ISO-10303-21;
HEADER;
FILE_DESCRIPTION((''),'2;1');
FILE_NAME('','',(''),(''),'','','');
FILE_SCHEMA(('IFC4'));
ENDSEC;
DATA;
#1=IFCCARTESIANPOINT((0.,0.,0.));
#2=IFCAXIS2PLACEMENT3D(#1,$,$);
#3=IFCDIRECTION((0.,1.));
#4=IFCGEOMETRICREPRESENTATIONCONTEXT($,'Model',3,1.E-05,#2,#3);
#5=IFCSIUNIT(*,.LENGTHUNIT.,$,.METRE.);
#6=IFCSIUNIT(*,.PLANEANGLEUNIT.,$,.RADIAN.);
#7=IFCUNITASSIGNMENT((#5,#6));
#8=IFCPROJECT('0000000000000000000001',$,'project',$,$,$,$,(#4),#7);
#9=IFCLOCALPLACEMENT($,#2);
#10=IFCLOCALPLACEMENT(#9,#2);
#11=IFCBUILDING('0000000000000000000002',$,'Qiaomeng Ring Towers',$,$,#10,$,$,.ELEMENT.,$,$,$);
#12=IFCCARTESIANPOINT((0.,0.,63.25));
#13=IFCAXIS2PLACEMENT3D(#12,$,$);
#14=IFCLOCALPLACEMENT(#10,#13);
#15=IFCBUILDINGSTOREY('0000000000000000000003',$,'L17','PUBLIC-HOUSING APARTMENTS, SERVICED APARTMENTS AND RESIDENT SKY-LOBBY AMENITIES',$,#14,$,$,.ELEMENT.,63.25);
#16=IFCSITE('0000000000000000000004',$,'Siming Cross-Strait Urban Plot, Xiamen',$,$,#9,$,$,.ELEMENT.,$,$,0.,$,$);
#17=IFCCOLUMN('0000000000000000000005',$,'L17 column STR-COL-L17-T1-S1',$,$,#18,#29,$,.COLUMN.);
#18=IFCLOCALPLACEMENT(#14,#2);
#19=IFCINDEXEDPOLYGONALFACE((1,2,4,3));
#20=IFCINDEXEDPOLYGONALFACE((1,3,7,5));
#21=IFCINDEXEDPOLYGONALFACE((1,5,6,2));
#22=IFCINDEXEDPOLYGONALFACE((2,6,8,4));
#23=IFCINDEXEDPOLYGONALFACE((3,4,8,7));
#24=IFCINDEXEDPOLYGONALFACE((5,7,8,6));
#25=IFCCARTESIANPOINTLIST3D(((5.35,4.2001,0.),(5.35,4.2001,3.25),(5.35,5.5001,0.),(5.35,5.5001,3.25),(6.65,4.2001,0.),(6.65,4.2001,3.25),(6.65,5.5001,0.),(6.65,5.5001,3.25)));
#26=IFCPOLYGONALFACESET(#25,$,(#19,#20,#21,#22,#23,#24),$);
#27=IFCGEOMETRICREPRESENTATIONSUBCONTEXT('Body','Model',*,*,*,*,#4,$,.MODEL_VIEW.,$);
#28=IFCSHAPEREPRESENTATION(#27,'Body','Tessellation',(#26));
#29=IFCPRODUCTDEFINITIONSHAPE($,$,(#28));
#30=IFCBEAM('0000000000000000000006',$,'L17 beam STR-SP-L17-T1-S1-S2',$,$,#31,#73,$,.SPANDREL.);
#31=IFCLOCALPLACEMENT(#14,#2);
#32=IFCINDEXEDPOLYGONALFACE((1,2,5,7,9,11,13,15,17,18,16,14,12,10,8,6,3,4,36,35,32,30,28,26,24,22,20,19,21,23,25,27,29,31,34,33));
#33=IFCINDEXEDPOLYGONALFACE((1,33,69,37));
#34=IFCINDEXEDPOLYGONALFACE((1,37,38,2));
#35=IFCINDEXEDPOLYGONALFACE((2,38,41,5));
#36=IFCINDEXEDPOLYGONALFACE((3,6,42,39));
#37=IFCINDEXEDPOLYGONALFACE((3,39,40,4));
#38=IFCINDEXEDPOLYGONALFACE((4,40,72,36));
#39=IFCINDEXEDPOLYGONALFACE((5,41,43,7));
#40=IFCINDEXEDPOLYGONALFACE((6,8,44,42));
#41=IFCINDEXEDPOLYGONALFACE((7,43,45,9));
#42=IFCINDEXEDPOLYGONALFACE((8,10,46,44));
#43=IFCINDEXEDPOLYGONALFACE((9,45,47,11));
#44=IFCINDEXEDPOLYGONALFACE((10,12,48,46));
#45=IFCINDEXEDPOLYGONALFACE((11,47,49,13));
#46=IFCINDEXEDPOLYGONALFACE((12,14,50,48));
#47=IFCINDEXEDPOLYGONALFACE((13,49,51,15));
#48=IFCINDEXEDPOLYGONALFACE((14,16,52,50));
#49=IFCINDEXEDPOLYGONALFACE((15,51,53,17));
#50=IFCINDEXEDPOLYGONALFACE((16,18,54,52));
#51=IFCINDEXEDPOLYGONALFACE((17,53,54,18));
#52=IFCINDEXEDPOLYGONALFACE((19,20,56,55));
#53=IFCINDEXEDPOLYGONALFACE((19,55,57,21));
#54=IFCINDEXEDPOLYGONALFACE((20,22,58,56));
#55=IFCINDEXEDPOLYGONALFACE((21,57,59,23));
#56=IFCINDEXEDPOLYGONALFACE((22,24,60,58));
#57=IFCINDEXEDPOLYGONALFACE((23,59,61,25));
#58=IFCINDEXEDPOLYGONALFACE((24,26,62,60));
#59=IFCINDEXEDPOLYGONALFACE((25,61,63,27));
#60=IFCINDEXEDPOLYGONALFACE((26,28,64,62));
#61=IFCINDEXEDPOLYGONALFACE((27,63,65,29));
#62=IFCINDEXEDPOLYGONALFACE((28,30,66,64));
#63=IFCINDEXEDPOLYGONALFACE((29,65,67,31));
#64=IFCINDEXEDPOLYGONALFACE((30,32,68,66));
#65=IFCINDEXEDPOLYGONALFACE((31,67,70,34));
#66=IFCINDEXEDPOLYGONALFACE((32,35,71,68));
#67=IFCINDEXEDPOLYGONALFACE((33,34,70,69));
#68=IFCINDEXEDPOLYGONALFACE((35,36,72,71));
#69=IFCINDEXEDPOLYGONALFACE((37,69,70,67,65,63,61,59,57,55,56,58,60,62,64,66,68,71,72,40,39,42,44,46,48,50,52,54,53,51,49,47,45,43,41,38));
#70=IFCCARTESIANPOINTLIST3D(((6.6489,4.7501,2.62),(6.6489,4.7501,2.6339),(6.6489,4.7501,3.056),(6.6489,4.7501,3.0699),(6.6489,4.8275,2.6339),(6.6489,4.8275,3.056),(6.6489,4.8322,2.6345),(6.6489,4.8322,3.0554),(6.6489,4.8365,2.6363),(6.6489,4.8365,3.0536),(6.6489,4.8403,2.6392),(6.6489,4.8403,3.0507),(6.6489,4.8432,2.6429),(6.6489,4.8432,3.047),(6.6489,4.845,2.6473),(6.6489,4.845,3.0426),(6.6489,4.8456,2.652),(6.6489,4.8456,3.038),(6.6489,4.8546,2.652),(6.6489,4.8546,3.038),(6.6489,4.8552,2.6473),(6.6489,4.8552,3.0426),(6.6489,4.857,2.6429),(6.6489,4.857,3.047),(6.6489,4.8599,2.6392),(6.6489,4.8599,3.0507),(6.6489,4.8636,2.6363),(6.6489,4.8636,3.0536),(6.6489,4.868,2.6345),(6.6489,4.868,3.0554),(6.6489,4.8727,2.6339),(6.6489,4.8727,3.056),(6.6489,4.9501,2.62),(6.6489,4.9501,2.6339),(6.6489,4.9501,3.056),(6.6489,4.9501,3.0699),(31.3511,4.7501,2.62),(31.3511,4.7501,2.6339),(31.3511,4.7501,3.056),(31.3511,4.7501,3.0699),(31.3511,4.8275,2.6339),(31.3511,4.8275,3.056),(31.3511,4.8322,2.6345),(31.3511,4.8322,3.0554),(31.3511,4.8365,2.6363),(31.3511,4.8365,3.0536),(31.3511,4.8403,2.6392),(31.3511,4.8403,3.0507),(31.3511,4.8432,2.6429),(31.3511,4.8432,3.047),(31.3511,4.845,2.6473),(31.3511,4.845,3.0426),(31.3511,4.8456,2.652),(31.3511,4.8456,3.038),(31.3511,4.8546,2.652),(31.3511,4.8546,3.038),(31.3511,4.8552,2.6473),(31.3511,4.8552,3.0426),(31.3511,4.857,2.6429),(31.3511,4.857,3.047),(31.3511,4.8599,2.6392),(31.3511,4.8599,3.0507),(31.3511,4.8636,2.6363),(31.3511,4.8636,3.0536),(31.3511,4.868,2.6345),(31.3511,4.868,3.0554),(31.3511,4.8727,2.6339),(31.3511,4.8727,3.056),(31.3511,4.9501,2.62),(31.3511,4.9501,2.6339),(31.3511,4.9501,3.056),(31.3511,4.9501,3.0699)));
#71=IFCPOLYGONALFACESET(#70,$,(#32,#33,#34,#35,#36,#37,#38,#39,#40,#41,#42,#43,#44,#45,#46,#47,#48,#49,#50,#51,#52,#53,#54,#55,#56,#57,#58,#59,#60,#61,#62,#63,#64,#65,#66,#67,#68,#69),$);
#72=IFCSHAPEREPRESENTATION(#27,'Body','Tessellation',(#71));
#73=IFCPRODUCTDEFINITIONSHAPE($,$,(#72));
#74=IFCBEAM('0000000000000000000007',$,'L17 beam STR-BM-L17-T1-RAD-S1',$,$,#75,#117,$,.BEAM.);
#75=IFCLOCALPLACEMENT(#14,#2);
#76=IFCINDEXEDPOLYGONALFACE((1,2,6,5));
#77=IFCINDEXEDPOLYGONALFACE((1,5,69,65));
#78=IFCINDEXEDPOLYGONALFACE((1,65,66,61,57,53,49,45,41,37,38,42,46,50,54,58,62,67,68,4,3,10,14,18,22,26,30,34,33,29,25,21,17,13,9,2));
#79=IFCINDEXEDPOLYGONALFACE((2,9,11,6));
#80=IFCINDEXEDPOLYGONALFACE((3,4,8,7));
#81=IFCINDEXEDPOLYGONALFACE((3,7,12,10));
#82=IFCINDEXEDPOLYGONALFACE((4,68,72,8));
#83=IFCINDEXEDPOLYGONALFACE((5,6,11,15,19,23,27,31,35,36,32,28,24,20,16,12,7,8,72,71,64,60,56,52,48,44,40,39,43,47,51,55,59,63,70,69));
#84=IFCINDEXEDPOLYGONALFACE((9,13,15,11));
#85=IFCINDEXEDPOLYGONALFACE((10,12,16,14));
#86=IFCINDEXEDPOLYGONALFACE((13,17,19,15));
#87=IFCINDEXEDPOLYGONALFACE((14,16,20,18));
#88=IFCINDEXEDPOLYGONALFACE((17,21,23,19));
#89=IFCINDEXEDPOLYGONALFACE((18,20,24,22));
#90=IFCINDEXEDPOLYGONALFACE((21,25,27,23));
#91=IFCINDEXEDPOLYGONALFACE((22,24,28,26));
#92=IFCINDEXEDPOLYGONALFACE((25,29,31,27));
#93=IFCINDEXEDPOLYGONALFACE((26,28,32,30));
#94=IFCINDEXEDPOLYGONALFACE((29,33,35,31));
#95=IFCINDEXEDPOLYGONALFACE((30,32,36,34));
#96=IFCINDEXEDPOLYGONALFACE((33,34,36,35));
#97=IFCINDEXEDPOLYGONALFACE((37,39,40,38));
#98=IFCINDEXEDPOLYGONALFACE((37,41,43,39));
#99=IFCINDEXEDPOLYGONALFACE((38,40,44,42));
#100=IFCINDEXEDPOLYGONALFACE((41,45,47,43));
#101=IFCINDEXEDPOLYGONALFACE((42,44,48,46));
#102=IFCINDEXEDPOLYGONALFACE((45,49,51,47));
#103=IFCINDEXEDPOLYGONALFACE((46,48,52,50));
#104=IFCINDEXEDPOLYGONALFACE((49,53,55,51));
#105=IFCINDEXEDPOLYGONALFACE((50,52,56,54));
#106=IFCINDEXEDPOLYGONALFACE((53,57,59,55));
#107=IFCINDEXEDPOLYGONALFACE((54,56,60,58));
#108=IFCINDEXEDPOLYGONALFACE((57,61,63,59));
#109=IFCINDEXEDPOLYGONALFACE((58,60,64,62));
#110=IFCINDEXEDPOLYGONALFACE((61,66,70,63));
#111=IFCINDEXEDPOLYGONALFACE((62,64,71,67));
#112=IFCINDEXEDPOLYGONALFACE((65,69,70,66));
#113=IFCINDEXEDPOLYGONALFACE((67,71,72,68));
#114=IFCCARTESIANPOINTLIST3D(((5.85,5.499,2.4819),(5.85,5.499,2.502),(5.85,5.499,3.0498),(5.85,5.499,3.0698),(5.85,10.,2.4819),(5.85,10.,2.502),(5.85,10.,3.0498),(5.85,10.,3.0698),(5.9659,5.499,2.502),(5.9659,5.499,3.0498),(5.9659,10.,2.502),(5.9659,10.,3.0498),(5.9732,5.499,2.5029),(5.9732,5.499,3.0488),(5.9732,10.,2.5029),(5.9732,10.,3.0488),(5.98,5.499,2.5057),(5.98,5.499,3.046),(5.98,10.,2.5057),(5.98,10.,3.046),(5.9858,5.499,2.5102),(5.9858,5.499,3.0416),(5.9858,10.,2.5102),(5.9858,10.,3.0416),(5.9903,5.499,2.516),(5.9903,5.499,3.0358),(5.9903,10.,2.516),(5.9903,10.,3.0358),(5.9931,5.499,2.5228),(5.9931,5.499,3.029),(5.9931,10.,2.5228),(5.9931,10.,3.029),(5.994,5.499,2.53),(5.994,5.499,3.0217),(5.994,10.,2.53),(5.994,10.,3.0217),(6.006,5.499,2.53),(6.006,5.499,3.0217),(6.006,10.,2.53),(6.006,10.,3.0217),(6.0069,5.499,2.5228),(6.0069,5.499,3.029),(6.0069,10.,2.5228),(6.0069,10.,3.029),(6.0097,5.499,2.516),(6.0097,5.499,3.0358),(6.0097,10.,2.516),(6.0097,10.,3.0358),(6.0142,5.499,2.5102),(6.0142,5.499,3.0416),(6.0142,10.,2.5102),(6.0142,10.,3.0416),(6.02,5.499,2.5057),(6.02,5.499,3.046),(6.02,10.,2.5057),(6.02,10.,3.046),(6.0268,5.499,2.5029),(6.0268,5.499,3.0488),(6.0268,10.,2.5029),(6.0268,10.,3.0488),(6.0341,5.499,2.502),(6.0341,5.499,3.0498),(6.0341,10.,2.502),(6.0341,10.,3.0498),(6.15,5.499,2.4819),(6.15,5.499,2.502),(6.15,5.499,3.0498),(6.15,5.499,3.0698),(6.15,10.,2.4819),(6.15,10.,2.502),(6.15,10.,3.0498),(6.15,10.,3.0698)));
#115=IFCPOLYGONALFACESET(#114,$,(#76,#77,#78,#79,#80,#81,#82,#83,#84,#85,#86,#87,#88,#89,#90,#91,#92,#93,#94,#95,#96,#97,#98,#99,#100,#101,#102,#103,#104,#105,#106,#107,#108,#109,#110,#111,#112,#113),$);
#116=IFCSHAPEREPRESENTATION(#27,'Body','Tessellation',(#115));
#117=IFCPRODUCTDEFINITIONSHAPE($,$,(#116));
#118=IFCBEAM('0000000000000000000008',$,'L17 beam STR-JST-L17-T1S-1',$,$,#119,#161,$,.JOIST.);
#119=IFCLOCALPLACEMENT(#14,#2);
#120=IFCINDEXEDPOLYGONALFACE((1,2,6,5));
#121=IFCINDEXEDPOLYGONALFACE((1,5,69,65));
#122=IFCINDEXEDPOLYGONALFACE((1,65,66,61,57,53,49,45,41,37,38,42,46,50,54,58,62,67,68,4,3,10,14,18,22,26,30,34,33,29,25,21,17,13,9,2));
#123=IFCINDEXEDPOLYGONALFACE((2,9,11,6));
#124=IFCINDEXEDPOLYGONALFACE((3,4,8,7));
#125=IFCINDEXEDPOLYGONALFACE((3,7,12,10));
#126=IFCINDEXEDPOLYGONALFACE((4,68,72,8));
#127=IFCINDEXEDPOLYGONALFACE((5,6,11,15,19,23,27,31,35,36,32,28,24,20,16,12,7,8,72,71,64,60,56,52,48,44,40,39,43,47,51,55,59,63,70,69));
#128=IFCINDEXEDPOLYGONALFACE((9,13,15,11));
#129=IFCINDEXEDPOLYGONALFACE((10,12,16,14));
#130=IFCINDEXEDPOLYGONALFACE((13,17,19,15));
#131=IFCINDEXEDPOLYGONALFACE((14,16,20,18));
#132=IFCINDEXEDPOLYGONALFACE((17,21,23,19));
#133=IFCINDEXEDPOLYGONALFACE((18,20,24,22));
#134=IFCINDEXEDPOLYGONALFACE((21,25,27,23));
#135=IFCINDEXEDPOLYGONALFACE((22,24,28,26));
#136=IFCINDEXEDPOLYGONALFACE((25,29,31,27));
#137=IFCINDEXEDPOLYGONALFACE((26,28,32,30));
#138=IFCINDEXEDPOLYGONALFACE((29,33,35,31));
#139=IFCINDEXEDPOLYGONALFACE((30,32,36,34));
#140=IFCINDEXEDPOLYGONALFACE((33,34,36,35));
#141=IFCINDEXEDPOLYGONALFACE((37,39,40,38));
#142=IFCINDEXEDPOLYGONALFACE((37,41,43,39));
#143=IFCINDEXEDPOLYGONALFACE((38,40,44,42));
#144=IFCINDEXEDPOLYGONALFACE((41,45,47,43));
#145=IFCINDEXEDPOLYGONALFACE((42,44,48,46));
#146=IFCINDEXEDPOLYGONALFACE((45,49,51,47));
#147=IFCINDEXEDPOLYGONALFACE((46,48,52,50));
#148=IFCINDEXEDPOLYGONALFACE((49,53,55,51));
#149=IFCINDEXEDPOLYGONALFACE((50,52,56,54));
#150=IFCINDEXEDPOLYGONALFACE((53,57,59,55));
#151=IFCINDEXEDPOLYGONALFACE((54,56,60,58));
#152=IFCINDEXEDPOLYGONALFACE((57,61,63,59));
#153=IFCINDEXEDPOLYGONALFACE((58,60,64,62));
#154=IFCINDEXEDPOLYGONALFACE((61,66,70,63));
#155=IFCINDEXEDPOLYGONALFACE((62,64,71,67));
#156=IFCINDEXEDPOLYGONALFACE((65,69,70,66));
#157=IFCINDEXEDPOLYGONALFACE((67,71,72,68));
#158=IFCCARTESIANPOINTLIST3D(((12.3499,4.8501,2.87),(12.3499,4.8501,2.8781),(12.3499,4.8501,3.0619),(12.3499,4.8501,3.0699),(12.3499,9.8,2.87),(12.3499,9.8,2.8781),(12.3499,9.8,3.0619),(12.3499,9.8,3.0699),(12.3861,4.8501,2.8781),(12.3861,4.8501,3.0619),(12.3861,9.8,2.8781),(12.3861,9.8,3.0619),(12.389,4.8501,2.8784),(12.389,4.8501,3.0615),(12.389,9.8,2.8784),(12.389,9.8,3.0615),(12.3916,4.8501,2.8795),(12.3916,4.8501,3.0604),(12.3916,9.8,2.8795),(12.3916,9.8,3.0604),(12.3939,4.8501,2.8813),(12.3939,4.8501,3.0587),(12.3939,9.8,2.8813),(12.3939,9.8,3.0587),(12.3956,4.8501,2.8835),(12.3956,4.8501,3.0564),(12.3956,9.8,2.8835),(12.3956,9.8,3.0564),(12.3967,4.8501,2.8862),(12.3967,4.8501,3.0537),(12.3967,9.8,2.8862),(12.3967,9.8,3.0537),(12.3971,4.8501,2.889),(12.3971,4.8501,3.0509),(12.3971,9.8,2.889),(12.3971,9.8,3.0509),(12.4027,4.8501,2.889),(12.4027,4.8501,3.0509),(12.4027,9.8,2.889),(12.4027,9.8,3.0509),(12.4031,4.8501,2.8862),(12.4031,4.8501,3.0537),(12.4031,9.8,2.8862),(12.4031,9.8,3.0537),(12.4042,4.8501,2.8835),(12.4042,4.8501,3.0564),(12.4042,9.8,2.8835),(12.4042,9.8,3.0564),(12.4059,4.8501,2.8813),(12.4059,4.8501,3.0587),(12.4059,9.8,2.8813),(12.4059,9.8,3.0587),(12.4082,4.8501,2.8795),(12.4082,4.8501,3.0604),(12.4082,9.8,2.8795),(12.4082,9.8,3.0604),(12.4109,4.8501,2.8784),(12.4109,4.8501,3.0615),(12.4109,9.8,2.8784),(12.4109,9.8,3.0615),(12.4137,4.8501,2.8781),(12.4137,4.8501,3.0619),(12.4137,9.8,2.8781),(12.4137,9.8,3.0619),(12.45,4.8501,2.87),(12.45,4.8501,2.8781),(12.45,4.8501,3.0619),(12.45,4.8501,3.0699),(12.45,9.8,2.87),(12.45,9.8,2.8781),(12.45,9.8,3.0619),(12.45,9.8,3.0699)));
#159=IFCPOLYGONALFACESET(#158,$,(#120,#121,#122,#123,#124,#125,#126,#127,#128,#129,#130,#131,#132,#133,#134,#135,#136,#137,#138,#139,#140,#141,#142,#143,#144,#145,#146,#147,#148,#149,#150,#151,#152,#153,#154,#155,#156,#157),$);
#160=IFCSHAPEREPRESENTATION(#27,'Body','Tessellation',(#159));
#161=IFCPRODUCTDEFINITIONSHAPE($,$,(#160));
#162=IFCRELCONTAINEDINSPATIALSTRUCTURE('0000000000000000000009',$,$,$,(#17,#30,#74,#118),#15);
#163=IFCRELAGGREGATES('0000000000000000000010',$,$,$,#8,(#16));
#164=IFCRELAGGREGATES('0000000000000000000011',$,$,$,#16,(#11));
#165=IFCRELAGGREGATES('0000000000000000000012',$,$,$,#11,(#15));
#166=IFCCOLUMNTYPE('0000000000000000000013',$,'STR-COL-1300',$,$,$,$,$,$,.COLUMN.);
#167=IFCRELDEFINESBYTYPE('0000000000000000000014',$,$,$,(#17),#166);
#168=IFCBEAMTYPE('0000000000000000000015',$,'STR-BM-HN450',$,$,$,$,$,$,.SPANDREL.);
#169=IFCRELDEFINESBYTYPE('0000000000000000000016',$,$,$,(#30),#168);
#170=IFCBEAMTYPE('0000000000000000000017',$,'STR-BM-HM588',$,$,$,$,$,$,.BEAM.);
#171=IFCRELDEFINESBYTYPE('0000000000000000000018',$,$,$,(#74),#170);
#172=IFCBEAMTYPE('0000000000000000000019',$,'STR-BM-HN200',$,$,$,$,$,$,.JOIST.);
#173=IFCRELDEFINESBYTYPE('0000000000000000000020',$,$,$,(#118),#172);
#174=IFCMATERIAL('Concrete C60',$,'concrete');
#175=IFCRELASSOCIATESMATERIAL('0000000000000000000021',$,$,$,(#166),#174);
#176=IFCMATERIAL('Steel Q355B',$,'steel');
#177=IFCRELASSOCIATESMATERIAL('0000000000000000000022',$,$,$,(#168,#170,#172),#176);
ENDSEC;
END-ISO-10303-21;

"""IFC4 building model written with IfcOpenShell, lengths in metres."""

from ifc_helpers import new_model, si_unit, direction, frame, origin, origin_2d, place, context, subcontext, project, spatial, rectangle, i_section, extrude, source, transform, mapped, material, material_profile, profile_set, type_object, element, save


model = new_model("IFC4")

# Units and contexts
model_context = context("Model", 3, precision=1e-05, world=origin(), true_north=direction((0.0, 1.0)))
body_context = subcontext(model_context, "Body", "Model", "MODEL_VIEW")
ifc_project = project(units=[si_unit("LENGTHUNIT", "METRE"), si_unit("PLANEANGLEUNIT", "RADIAN")], contexts=[model_context])

# Site, building, storey
site_placement = place(None, origin())
site = spatial("IfcSite", under=ifc_project, at=site_placement, Name="Siming Cross-Strait Urban Plot, Xiamen", CompositionType="ELEMENT", RefElevation=0.0)
building_placement = place(site_placement, origin())
building = spatial("IfcBuilding", under=site, at=building_placement, Name="Qiaomeng Ring Towers", CompositionType="ELEMENT")
storey_placement = place(building_placement, frame((0.0, 0.0, 63.25)))
storey = spatial("IfcBuildingStorey", under=building, at=storey_placement, Name="L17", Description="PUBLIC-HOUSING APARTMENTS, SERVICED APARTMENTS AND RESIDENT SKY-LOBBY AMENITIES", CompositionType="ELEMENT", Elevation=63.25)

# Column
ifc_material_1 = material(Name="Concrete C60", Category="concrete")
ifc_material_profile_1 = material_profile(ifc_material_1, rectangle(XDim=1.3, YDim=1.3, at=origin_2d()), Name="RC COL 1300x1300")
ifc_profile_set_1 = profile_set([ifc_material_profile_1], Name="Concrete C60")
column_type = type_object("IfcColumnType", Name="STR-COL-1300", PredefinedType="COLUMN", material=ifc_profile_set_1)
shared_shape_1 = source(origin(), body_context, "Body", "SweptSolid", [
    extrude(rectangle(XDim=1.3, YDim=1.3, at=origin_2d()), origin(), (0.0, 0.0, 1.0), 3.25),
])
column_placement = place(storey_placement, frame((6.0, 4.8501, 0.0), z_axis=(0.0, 0.0, 1.0), x_axis=(1.0, 0.0, 0.0)))
element("IfcColumn", 1, at=column_placement, inside=storey, type_object=column_type, Name="L17 column STR-COL-L17-T1-S1", PredefinedType="COLUMN", context=body_context, shape_type="MappedRepresentation", body=[
    mapped(shared_shape_1, transform((0.0, 0.0, 0.0), x_axis=(1.0, 0.0, 0.0), y_axis=(0.0, 1.0, 0.0), z_axis=(0.0, 0.0, 1.0), scale=1.0)),
])

# Beams
ifc_material_2 = material(Name="Steel Q355B", Category="steel")
ifc_material_profile_2 = material_profile(ifc_material_2, i_section(OverallWidth=0.2, OverallDepth=0.45, WebThickness=0.009, FlangeThickness=0.0139, FilletRadius=0.0181, at=origin_2d()), Name="HN 450x200x9x14")
ifc_profile_set_2 = profile_set([ifc_material_profile_2], Name="Steel Q355B")
beam_type_1 = type_object("IfcBeamType", Name="STR-BM-HN450", PredefinedType="SPANDREL", material=ifc_profile_set_2)
shared_shape_2 = source(origin(), body_context, "Body", "SweptSolid", [
    extrude(i_section(OverallWidth=0.2, OverallDepth=0.45, WebThickness=0.009, FlangeThickness=0.0139, FilletRadius=0.0181, at=origin_2d()), origin(), (0.0, 0.0, 1.0), 24.7021),
])
beam_1_placement = place(storey_placement, frame((6.6489, 4.8501, 2.845), z_axis=(1.0, 0.0, 0.0), x_axis=(0.0, 1.0, 0.0)))
element("IfcBeam", 2, at=beam_1_placement, inside=storey, type_object=beam_type_1, Name="L17 beam STR-SP-L17-T1-S1-S2", PredefinedType="SPANDREL", context=body_context, shape_type="MappedRepresentation", body=[
    mapped(shared_shape_2, transform((0.0, 0.0, 0.0), x_axis=(1.0, 0.0, 0.0), y_axis=(0.0, 1.0, 0.0), z_axis=(0.0, 0.0, 1.0), scale=1.0)),
])
ifc_material_profile_3 = material_profile(ifc_material_2, i_section(OverallWidth=0.3, OverallDepth=0.5879, WebThickness=0.012, FlangeThickness=0.02, FilletRadius=0.0281, at=origin_2d()), Name="HM 588x300x12x20")
ifc_profile_set_3 = profile_set([ifc_material_profile_3], Name="Steel Q355B")
beam_type_2 = type_object("IfcBeamType", Name="STR-BM-HM588", PredefinedType="BEAM", material=ifc_profile_set_3)
shared_shape_3 = source(origin(), body_context, "Body", "SweptSolid", [
    extrude(i_section(OverallWidth=0.3, OverallDepth=0.5879, WebThickness=0.012, FlangeThickness=0.02, FilletRadius=0.0281, at=origin_2d()), origin(), (0.0, 0.0, 1.0), 4.501),
])
beam_2_placement = place(storey_placement, frame((6.0, 5.499, 2.7759), z_axis=(0.0, 1.0, 0.0), x_axis=(-1.0, 0.0, 0.0)))
element("IfcBeam", 3, at=beam_2_placement, inside=storey, type_object=beam_type_2, Name="L17 beam STR-BM-L17-T1-RAD-S1", PredefinedType="BEAM", context=body_context, shape_type="MappedRepresentation", body=[
    mapped(shared_shape_3, transform((0.0, 0.0, 0.0), x_axis=(1.0, 0.0, 0.0), y_axis=(0.0, 1.0, 0.0), z_axis=(0.0, 0.0, 1.0), scale=1.0)),
])
ifc_material_profile_4 = material_profile(ifc_material_2, i_section(OverallWidth=0.1001, OverallDepth=0.2, WebThickness=0.0056, FlangeThickness=0.0081, FilletRadius=0.011, at=origin_2d()), Name="HN 200x100x5.5x8")
ifc_profile_set_4 = profile_set([ifc_material_profile_4], Name="Steel Q355B")
beam_type_3 = type_object("IfcBeamType", Name="STR-BM-HN200", PredefinedType="JOIST", material=ifc_profile_set_4)
shared_shape_4 = source(origin(), body_context, "Body", "SweptSolid", [
    extrude(i_section(OverallWidth=0.1001, OverallDepth=0.2, WebThickness=0.0056, FlangeThickness=0.0081, FilletRadius=0.011, at=origin_2d()), origin(), (0.0, 0.0, 1.0), 4.95),
])
beam_3_placement = place(storey_placement, frame((12.3999, 4.8501, 2.97), z_axis=(0.0, 1.0, 0.0), x_axis=(-1.0, 0.0, 0.0)))
element("IfcBeam", 4, at=beam_3_placement, inside=storey, type_object=beam_type_3, Name="L17 beam STR-JST-L17-T1S-1", PredefinedType="JOIST", context=body_context, shape_type="MappedRepresentation", body=[
    mapped(shared_shape_4, transform((0.0, 0.0, 0.0), x_axis=(1.0, 0.0, 0.0), y_axis=(0.0, 1.0, 0.0), z_axis=(0.0, 0.0, 1.0), scale=1.0)),
])

save(model, "model.ifc")
